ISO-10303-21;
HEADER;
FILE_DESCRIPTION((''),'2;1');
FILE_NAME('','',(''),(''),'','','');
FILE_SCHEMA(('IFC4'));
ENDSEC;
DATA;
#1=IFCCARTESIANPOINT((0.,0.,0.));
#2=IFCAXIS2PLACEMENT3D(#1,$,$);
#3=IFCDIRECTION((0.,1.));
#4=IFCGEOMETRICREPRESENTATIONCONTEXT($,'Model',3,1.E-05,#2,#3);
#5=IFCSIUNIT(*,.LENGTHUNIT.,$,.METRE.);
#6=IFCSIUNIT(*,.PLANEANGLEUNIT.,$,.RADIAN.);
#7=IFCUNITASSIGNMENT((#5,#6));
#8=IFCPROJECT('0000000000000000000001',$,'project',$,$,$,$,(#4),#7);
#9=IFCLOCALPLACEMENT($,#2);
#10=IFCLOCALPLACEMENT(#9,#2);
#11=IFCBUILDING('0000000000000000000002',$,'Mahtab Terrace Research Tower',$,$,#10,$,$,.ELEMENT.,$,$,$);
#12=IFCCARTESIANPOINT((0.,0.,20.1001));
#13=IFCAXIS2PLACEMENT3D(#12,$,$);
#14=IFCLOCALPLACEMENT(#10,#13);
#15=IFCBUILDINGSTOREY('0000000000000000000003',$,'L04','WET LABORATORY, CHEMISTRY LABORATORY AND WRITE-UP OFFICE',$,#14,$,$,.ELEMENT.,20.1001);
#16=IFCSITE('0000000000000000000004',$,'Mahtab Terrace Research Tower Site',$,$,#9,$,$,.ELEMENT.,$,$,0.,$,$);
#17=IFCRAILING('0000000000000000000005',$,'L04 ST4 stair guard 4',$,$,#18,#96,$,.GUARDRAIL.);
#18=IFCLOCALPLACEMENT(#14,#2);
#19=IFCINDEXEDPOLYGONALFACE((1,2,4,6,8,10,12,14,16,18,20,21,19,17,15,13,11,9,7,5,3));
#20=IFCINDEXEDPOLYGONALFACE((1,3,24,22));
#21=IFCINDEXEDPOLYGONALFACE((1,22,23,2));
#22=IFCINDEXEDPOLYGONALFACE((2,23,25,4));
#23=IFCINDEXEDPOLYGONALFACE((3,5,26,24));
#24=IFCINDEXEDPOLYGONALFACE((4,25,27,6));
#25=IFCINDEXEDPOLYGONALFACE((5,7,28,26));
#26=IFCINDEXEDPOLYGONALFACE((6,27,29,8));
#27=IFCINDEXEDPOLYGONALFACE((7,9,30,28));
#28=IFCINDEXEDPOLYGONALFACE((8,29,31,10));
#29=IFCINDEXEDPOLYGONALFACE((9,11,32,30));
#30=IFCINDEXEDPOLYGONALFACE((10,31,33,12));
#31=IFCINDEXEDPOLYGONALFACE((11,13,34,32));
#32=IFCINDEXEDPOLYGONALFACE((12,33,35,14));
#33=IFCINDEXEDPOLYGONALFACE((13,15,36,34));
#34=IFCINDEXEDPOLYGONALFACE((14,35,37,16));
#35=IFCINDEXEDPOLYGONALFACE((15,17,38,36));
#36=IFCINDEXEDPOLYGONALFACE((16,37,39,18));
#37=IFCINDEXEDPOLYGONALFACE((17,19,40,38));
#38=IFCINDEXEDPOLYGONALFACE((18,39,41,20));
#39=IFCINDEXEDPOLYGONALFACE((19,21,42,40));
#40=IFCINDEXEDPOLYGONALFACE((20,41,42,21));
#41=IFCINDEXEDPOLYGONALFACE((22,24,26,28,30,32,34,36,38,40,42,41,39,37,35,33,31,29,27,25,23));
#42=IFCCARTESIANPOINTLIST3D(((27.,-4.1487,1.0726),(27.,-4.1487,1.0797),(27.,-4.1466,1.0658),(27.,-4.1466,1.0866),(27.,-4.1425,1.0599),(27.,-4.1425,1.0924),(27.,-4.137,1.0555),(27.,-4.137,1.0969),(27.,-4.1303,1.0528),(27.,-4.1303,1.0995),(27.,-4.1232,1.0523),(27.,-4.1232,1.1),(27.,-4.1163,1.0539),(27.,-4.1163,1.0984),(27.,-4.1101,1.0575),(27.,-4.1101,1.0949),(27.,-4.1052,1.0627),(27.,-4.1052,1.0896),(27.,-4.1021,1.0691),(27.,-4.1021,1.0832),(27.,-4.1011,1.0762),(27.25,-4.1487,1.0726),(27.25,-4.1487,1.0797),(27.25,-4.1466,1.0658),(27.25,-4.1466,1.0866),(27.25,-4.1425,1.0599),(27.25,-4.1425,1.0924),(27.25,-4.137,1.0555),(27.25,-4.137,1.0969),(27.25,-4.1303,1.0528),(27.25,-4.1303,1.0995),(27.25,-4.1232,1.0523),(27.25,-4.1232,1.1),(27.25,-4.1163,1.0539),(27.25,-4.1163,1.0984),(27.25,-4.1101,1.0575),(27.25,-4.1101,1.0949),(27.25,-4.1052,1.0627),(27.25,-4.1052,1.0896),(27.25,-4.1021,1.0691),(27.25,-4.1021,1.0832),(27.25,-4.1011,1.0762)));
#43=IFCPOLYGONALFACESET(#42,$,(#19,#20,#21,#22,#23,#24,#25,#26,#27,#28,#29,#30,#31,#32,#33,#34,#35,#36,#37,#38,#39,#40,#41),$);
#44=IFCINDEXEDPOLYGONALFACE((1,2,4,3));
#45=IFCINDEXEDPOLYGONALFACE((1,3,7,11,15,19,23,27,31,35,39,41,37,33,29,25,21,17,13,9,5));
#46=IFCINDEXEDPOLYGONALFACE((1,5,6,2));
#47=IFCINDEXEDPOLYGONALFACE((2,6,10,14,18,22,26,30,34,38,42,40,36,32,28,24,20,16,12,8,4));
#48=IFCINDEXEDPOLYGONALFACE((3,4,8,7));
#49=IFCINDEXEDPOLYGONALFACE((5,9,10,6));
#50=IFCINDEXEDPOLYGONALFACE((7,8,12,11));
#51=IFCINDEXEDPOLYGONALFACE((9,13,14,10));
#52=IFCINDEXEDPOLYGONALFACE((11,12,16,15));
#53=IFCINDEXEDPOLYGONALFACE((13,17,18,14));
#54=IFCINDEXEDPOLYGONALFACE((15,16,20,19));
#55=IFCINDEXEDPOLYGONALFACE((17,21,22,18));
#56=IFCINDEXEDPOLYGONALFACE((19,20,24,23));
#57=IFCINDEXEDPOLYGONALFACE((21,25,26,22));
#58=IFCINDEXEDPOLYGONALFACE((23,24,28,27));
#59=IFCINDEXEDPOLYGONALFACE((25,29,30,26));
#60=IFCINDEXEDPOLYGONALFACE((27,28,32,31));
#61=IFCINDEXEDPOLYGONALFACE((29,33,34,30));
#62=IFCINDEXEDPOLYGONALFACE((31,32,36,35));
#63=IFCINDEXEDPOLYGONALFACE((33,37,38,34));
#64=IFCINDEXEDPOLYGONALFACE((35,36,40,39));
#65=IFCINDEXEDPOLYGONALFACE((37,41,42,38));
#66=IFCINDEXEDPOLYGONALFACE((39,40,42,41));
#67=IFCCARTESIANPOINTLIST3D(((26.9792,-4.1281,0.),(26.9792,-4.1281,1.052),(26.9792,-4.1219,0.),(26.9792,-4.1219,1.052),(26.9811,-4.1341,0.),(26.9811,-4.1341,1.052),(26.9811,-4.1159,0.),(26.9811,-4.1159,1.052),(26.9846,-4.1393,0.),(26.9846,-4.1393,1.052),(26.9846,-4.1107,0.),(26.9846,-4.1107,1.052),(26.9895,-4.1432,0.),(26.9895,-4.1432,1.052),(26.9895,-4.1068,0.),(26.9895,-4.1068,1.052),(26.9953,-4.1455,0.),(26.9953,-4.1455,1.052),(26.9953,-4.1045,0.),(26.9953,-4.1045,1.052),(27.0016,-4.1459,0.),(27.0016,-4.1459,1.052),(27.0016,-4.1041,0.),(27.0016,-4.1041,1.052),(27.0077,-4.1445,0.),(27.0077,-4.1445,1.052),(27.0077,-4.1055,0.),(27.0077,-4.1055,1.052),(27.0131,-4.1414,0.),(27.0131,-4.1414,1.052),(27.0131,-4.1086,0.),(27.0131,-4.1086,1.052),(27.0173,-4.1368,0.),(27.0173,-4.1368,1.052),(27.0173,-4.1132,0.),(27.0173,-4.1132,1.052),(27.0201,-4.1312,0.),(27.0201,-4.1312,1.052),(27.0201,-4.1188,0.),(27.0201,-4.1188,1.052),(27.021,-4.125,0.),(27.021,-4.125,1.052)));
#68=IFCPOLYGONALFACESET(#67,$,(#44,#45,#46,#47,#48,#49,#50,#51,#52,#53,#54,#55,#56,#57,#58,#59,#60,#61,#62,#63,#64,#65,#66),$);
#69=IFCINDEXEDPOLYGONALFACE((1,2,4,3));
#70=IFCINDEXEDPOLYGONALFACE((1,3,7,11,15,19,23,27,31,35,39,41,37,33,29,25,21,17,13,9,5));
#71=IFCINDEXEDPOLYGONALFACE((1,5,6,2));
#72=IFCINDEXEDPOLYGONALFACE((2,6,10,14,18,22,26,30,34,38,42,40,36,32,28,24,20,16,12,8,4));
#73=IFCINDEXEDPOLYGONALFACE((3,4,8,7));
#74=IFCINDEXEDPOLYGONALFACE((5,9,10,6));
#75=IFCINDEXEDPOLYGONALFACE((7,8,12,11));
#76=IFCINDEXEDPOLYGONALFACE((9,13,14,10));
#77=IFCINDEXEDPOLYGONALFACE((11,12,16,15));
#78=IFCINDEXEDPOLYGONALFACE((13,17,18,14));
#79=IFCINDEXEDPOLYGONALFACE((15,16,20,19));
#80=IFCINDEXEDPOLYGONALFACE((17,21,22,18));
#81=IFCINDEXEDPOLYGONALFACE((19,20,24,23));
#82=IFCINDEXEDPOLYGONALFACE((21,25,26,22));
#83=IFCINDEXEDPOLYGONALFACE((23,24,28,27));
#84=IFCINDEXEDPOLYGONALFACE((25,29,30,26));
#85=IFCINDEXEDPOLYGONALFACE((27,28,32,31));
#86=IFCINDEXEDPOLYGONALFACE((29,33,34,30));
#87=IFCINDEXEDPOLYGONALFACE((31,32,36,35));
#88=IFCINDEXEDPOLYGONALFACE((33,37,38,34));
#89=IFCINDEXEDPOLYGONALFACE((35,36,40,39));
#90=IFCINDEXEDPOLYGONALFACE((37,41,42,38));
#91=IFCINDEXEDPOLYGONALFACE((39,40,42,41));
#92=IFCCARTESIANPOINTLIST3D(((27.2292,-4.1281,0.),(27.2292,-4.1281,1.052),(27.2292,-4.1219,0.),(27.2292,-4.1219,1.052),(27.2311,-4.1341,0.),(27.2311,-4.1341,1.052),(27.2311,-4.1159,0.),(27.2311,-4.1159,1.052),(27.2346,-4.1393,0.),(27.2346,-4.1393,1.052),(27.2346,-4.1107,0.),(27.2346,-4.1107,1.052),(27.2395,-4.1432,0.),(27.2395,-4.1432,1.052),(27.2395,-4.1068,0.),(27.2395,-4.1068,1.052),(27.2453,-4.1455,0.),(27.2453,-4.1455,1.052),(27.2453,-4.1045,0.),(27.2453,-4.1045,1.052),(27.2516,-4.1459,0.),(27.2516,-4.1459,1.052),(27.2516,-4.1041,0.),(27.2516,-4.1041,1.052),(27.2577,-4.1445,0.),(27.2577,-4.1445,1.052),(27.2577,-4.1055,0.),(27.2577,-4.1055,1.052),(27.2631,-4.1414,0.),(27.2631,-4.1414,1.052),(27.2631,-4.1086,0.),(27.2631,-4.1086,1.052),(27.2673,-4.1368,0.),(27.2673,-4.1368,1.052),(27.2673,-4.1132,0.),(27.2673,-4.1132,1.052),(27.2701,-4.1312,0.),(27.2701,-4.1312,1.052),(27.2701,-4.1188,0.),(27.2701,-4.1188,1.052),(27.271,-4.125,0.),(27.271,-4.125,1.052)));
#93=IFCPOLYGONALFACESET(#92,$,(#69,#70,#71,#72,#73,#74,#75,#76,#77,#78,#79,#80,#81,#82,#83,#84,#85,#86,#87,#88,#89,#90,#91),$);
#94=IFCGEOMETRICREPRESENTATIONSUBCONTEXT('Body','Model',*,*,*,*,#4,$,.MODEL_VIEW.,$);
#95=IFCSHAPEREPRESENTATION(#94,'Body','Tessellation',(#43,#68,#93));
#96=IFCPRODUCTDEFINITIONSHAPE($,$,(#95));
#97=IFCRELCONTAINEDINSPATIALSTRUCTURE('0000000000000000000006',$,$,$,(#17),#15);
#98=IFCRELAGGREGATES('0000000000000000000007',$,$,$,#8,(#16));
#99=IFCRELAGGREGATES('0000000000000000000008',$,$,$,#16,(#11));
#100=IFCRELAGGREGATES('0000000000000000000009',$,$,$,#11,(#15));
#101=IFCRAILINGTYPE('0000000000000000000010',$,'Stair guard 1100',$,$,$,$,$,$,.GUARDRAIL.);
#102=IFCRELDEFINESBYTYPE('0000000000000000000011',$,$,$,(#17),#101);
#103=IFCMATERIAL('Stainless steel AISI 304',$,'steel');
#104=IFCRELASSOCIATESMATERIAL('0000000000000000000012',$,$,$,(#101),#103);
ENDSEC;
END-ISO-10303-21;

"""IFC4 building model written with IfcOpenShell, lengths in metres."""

from ifc_helpers import new_model, si_unit, direction, frame, origin, origin_2d, place, context, subcontext, project, spatial, circle, extrude, material, type_object, element, save


model = new_model("IFC4")

# Units and contexts
model_context = context("Model", 3, precision=1e-05, world=origin(), true_north=direction((0.0, 1.0)))
body_context = subcontext(model_context, "Body", "Model", "MODEL_VIEW")
ifc_project = project(units=[si_unit("LENGTHUNIT", "METRE"), si_unit("PLANEANGLEUNIT", "RADIAN")], contexts=[model_context])

# Site, building, storey
site_placement = place(None, origin())
site = spatial("IfcSite", under=ifc_project, at=site_placement, Name="Mahtab Terrace Research Tower Site", CompositionType="ELEMENT", RefElevation=0.0)
building_placement = place(site_placement, origin())
building = spatial("IfcBuilding", under=site, at=building_placement, Name="Mahtab Terrace Research Tower", CompositionType="ELEMENT")
storey_placement = place(building_placement, frame((0.0, 0.0, 20.1001)))
storey = spatial("IfcBuildingStorey", under=building, at=storey_placement, Name="L04", Description="WET LABORATORY, CHEMISTRY LABORATORY AND WRITE-UP OFFICE", CompositionType="ELEMENT", Elevation=20.1001)

# Railing
ifc_material_1 = material(Name="Stainless steel AISI 304", Category="steel")
railing_type_1 = type_object("IfcRailingType", Name="Stair guard 1100", PredefinedType="GUARDRAIL", material=ifc_material_1)
railing_1_placement = place(storey_placement, frame((27.0, -4.125, 0.0)))
element("IfcRailing", 1, at=railing_1_placement, inside=storey, type_object=railing_type_1, Name="L04 ST4 stair guard 4", PredefinedType="GUARDRAIL", context=body_context, shape_type="SweptSolid", body=[
    extrude(circle(Radius=0.0239, at=origin_2d()), frame((0.0, 0.0, 1.0762), z_axis=(1.0, 0.0, 0.0), x_axis=(0.0, 1.0, 0.0)), (0.0, 0.0, 1.0), 0.25),
    extrude(circle(Radius=0.021, at=origin_2d()), origin(), (0.0, 0.0, 1.0), 1.052),
    extrude(circle(Radius=0.021, at=origin_2d()), frame((0.25, 0.0, 0.0)), (0.0, 0.0, 1.0), 1.052),
])

save(model, "model.ifc")
